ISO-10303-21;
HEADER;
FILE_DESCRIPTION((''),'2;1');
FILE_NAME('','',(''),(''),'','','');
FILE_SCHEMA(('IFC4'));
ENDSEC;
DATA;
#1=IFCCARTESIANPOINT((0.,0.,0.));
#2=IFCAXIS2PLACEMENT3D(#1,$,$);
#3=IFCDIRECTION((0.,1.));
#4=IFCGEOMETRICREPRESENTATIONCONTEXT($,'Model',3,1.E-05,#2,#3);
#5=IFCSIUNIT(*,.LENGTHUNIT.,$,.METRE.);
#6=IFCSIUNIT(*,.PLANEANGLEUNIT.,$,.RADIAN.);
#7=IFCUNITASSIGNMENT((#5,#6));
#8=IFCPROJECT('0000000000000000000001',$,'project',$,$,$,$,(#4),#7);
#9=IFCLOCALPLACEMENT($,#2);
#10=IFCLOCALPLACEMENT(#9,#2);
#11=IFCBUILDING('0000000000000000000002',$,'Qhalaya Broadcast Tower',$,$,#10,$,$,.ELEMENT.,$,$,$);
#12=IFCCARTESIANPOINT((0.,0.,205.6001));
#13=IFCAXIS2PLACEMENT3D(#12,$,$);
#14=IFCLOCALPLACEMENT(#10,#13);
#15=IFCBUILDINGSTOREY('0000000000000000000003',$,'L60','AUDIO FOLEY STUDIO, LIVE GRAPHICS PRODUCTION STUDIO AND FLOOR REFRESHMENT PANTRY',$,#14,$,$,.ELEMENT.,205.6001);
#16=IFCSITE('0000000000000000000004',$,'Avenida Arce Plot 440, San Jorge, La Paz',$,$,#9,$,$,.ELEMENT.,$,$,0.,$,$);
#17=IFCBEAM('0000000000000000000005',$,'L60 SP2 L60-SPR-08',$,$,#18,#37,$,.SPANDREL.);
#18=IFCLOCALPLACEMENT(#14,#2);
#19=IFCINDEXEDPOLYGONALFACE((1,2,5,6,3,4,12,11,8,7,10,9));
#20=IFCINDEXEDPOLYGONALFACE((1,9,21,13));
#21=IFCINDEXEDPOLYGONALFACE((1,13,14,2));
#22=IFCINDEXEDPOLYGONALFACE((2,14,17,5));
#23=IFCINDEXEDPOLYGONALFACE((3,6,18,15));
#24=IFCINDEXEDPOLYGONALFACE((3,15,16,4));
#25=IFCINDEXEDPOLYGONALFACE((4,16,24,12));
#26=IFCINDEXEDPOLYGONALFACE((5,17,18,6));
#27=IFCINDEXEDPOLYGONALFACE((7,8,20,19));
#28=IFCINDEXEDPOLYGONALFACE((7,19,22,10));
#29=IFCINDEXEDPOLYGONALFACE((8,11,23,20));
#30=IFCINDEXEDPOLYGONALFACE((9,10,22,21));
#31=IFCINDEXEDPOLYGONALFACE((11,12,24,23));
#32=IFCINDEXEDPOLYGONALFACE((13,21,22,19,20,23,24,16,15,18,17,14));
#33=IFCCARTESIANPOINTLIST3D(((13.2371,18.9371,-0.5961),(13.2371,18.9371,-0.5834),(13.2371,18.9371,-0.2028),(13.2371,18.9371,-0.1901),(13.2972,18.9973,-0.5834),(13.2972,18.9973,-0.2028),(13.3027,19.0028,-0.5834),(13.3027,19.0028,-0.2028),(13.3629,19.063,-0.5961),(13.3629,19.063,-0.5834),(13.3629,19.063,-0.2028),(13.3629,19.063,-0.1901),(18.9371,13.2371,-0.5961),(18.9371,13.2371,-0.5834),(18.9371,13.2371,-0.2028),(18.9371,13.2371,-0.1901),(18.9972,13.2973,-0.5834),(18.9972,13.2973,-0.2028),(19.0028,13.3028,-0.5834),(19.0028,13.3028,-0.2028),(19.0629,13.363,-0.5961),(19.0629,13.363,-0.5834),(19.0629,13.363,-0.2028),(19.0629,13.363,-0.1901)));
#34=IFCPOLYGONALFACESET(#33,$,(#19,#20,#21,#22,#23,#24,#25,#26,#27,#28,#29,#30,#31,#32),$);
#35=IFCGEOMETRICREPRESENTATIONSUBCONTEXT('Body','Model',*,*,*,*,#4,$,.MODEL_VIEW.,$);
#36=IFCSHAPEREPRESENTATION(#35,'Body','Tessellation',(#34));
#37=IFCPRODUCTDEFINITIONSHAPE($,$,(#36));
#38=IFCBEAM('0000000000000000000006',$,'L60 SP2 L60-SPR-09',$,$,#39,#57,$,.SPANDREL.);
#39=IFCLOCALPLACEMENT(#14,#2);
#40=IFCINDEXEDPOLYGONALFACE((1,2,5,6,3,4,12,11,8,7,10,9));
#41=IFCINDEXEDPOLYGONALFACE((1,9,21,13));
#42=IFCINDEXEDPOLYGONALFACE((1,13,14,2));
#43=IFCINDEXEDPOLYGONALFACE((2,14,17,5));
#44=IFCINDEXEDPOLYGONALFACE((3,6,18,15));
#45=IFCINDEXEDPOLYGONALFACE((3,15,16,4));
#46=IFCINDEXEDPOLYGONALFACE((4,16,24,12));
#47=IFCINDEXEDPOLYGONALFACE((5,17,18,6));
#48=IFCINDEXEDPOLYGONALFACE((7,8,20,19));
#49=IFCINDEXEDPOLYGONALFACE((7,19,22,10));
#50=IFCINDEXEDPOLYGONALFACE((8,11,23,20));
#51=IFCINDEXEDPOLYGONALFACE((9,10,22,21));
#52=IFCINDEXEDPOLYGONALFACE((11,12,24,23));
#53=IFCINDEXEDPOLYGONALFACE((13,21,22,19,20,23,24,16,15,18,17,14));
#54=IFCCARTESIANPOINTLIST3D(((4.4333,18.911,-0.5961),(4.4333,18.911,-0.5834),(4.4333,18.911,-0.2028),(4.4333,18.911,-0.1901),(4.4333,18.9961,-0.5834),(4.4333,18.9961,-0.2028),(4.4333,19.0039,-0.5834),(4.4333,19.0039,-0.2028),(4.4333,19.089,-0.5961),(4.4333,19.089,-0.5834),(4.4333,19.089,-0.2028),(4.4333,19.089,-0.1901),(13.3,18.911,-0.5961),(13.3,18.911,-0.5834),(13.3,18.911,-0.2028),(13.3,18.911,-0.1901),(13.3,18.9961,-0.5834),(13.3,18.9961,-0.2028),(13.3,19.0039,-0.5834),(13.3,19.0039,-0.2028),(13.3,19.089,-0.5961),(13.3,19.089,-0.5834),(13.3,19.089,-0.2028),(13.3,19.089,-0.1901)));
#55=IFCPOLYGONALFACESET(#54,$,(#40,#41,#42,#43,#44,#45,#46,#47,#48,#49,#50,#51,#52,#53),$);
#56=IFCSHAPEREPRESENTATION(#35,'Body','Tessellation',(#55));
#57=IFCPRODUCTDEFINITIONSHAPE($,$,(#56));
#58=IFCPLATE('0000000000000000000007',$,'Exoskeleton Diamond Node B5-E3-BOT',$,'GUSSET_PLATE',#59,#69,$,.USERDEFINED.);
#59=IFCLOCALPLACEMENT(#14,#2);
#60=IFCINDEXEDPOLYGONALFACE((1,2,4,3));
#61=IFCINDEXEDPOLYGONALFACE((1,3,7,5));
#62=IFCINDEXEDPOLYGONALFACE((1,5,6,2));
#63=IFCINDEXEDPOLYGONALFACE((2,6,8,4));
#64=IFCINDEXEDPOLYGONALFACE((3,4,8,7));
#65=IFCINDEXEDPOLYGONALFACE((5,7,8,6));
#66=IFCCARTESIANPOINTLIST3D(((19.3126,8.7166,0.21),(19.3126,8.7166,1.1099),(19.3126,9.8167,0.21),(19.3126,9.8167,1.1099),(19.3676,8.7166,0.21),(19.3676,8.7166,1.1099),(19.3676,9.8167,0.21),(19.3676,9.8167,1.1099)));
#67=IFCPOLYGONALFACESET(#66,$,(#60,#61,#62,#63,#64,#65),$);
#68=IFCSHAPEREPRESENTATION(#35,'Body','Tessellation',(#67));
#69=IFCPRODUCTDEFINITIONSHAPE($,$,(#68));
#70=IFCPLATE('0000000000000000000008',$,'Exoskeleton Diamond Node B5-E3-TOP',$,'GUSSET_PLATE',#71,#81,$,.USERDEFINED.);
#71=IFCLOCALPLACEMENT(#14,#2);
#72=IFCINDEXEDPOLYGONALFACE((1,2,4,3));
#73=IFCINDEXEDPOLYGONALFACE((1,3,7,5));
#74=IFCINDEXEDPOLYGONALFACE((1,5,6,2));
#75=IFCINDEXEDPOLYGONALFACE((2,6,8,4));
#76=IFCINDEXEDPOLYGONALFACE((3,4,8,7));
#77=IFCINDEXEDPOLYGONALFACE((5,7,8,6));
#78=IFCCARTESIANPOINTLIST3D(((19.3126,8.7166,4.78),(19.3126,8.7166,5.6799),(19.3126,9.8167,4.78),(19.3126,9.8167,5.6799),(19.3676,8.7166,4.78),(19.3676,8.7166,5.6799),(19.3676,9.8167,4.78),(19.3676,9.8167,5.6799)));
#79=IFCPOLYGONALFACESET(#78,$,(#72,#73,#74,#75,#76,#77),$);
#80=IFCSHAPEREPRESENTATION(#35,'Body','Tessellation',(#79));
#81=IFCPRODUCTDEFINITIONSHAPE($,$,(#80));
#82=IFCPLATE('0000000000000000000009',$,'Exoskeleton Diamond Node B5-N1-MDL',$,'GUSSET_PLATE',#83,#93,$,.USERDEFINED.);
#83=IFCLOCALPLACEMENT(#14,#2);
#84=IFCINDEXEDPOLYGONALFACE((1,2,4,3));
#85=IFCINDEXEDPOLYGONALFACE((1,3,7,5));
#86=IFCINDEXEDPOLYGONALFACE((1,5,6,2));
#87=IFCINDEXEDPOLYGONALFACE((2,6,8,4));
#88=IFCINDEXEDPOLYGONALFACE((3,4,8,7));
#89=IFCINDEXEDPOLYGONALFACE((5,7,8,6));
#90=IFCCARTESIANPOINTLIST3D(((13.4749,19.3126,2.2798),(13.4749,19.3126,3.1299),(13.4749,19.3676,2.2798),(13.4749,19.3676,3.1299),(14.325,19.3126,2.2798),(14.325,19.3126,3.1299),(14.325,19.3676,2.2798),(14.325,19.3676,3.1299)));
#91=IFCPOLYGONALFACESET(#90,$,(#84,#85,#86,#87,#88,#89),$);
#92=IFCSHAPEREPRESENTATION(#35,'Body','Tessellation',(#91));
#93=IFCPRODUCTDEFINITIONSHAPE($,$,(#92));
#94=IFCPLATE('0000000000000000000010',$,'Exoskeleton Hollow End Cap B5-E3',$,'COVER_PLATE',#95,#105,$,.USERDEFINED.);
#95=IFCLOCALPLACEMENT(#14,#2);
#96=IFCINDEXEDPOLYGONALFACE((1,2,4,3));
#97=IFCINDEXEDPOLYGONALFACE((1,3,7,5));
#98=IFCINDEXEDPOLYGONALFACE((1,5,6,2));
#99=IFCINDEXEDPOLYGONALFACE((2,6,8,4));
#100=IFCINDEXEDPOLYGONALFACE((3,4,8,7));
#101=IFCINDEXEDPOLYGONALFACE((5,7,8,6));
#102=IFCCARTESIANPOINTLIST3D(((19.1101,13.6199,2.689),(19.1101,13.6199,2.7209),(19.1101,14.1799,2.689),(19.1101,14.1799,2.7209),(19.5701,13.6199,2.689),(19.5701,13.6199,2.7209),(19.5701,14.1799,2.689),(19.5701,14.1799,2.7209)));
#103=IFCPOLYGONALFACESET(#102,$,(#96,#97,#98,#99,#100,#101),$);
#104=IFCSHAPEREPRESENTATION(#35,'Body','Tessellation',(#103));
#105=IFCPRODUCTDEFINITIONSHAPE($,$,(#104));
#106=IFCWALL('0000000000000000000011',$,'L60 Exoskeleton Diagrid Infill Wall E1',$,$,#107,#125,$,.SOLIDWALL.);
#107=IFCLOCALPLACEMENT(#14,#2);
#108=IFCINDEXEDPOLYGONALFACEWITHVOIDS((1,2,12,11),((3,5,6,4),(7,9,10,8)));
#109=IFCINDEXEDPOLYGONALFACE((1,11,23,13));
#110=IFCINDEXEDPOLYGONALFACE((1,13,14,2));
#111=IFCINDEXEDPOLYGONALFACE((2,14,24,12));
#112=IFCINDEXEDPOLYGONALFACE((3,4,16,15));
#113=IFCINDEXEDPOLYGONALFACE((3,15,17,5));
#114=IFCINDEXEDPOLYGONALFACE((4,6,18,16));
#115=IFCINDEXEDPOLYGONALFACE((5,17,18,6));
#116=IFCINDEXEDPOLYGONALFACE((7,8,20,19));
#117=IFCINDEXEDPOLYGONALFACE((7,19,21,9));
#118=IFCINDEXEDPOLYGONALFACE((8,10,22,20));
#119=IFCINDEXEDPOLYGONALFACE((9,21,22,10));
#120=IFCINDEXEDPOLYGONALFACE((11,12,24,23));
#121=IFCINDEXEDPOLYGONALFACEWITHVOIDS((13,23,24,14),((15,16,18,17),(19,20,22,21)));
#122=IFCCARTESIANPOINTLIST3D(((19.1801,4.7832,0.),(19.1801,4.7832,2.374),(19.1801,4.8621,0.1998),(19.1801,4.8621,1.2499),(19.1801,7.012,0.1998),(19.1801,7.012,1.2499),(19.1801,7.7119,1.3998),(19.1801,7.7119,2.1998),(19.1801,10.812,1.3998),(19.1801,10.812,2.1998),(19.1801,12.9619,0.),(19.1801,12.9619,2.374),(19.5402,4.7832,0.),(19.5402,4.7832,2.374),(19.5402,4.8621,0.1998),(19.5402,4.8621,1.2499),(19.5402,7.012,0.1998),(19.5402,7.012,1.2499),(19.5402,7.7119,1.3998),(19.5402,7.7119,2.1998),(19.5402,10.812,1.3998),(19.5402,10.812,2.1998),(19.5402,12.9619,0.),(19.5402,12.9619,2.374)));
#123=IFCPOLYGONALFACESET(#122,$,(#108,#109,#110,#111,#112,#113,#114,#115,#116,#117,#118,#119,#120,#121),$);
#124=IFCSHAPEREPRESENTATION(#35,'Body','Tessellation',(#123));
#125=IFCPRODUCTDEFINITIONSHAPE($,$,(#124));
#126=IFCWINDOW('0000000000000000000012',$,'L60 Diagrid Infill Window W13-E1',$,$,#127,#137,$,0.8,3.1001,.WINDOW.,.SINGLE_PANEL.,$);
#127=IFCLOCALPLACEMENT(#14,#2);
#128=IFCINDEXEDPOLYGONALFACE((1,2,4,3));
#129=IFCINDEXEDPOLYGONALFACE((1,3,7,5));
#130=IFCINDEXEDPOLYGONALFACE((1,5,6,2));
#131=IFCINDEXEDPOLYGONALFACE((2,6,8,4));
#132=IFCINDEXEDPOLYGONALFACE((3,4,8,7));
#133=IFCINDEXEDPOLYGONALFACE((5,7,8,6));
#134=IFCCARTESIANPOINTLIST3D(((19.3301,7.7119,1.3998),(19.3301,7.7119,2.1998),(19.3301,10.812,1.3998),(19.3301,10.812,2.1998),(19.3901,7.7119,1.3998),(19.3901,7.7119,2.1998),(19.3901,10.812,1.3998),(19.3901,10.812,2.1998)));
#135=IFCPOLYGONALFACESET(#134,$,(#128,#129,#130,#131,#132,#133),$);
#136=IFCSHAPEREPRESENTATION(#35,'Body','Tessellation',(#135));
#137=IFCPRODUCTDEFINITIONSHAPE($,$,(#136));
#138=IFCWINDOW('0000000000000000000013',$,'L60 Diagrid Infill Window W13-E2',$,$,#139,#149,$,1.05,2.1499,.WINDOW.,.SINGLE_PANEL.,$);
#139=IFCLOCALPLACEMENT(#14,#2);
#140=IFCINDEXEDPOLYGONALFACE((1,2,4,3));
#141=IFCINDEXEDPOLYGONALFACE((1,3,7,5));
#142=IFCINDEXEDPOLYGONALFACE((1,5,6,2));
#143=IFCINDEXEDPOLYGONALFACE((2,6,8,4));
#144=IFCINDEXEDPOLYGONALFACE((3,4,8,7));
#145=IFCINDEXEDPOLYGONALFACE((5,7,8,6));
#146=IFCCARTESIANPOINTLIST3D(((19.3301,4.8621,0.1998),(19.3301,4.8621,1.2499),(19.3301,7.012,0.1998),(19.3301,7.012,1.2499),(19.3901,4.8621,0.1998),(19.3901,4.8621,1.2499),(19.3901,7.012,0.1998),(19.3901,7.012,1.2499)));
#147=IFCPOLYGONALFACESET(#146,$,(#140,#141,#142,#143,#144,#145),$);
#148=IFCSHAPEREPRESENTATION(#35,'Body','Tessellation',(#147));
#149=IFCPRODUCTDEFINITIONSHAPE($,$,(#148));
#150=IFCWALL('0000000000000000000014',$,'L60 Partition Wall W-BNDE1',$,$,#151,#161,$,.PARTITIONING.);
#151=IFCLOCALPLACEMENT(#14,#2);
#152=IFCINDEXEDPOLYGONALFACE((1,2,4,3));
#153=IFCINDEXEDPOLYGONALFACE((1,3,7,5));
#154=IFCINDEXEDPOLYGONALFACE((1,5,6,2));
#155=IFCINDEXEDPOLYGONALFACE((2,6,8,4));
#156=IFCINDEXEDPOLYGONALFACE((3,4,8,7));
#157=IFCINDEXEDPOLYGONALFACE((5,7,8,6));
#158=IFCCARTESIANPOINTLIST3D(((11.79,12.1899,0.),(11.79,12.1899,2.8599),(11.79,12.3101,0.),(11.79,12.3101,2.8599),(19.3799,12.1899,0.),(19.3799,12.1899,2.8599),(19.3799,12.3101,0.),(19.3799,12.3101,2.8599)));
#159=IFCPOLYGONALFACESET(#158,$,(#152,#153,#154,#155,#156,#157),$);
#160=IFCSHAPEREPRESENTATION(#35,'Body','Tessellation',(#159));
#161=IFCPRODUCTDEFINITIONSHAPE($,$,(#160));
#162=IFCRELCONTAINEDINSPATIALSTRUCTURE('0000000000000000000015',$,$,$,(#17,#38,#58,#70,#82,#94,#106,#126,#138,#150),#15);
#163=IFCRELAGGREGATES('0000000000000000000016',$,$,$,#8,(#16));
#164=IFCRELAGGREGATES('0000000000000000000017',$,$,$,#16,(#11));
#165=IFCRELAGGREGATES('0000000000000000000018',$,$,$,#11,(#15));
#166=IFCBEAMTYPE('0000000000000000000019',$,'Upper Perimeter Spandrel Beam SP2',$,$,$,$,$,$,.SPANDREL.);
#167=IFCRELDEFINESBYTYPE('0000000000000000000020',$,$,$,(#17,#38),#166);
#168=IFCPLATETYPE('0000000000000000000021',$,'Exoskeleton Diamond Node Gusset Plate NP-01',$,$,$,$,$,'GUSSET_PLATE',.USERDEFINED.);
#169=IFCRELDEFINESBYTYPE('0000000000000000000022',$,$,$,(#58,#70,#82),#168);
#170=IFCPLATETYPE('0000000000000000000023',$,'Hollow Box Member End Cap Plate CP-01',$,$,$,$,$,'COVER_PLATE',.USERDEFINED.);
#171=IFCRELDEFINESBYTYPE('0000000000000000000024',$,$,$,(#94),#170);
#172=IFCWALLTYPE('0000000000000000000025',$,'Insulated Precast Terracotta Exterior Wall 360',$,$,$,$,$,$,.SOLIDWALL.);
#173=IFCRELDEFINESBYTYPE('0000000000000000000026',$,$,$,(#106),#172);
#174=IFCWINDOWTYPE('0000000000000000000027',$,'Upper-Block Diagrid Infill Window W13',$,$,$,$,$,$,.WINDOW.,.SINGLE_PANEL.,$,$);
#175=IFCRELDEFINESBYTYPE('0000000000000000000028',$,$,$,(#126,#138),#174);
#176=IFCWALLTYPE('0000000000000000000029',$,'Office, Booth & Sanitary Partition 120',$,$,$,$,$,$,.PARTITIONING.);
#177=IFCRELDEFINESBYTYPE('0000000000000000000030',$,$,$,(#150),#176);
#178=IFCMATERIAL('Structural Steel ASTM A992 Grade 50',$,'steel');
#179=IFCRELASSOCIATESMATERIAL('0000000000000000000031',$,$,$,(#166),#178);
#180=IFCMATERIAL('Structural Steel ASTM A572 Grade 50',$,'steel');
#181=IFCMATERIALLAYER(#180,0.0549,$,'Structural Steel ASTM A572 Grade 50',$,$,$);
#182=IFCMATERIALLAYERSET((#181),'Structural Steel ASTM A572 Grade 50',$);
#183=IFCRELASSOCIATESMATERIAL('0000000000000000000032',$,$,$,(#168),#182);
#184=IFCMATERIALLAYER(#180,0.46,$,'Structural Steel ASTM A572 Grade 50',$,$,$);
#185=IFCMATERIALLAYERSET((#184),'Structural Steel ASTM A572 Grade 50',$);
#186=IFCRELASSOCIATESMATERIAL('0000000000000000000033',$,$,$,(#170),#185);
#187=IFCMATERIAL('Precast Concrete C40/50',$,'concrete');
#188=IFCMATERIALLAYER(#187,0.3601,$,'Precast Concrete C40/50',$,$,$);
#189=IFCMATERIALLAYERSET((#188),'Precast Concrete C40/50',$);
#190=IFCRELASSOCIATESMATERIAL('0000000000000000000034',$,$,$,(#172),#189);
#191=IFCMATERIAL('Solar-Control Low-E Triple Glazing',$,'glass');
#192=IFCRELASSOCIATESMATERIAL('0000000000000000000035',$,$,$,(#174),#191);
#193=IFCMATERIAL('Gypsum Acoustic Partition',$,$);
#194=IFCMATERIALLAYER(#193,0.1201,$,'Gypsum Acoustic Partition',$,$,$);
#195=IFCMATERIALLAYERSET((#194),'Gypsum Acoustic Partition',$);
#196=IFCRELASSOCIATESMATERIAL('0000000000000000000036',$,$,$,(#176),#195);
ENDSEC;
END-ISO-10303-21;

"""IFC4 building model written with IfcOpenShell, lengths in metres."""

from ifc_helpers import new_model, si_unit, direction, frame, frame_2d, origin, origin_2d, place, context, subcontext, project, spatial, rectangle, i_section, extrude, material, layer, layer_set, material_profile, profile_set, type_object, element, fill, save


model = new_model("IFC4")

# Units and contexts
model_context = context("Model", 3, precision=1e-05, world=origin(), true_north=direction((0.0, 1.0)))
body_context = subcontext(model_context, "Body", "Model", "MODEL_VIEW")
ifc_project = project(units=[si_unit("LENGTHUNIT", "METRE"), si_unit("PLANEANGLEUNIT", "RADIAN")], contexts=[model_context])

# Site, building, storey
site_placement = place(None, origin())
site = spatial("IfcSite", under=ifc_project, at=site_placement, Name="Avenida Arce Plot 440, San Jorge, La Paz", CompositionType="ELEMENT", RefElevation=0.0)
building_placement = place(site_placement, origin())
building = spatial("IfcBuilding", under=site, at=building_placement, Name="Qhalaya Broadcast Tower", CompositionType="ELEMENT")
storey_placement = place(building_placement, frame((0.0, 0.0, 205.6001)))
storey = spatial("IfcBuildingStorey", under=building, at=storey_placement, Name="L60", Description="AUDIO FOLEY STUDIO, LIVE GRAPHICS PRODUCTION STUDIO AND FLOOR REFRESHMENT PANTRY", CompositionType="ELEMENT", Elevation=205.6001)

# Shared definitions
ifc_material_1 = material(Name="Structural Steel ASTM A572 Grade 50", Category="steel")

# Shared definitions
ifc_material_2 = material(Name="Structural Steel ASTM A992 Grade 50", Category="steel")

# Beams
ifc_material_profile_1 = material_profile(ifc_material_2, i_section(OverallWidth=0.178, OverallDepth=0.406, WebThickness=0.0078, FlangeThickness=0.0127, at=origin_2d()), Name="W16X40")
ifc_profile_set_1 = profile_set([ifc_material_profile_1], Name="Structural Steel ASTM A992 Grade 50")
beam_type_1 = type_object("IfcBeamType", Name="Upper Perimeter Spandrel Beam SP2", PredefinedType="SPANDREL", material=ifc_profile_set_1)
beam_1_placement = place(storey_placement, frame((19.0, 13.3, -0.3931), z_axis=(-0.707107, 0.707107, 0.0), x_axis=(-0.707107, -0.707107, 0.0)))
element("IfcBeam", 1, at=beam_1_placement, inside=storey, type_object=beam_type_1, Name="L60 SP2 L60-SPR-08", PredefinedType="SPANDREL", context=body_context, shape_type="SweptSolid", body=[
    extrude(i_section(OverallWidth=0.178, OverallDepth=0.406, WebThickness=0.0078, FlangeThickness=0.0127, at=origin_2d()), origin(), (0.0, 0.0, 1.0), 8.061),
])
beam_2_placement = place(storey_placement, frame((13.3, 19.0, -0.3931), z_axis=(-1.0, 0.0, 0.0), x_axis=(0.0, -1.0, 0.0)))
element("IfcBeam", 2, at=beam_2_placement, inside=storey, type_object=beam_type_1, Name="L60 SP2 L60-SPR-09", PredefinedType="SPANDREL", context=body_context, shape_type="SweptSolid", body=[
    extrude(i_section(OverallWidth=0.178, OverallDepth=0.406, WebThickness=0.0078, FlangeThickness=0.0127, at=origin_2d()), origin(), (0.0, 0.0, 1.0), 8.8667),
])

# Plates
ifc_layer_1 = layer(ifc_material_1, 0.0549, Name="Structural Steel ASTM A572 Grade 50")
ifc_layer_set_1 = layer_set([ifc_layer_1], Name="Structural Steel ASTM A572 Grade 50")
plate_type_1 = type_object("IfcPlateType", Name="Exoskeleton Diamond Node Gusset Plate NP-01", ElementType="GUSSET_PLATE", PredefinedType="USERDEFINED", material=ifc_layer_set_1)
for number, where, z_axis, x_axis, name in (
    (3, (19.3401, 9.2666, 0.21), (0.0, 0.0, 1.0), (0.0, 1.0, 0.0), "Exoskeleton Diamond Node B5-E3-BOT"),
    (4, (19.3401, 9.2666, 4.78), (0.0, 0.0, 1.0), (0.0, 1.0, 0.0), "Exoskeleton Diamond Node B5-E3-TOP"),
):
    element("IfcPlate", number, at=place(storey_placement, frame(where, z_axis=z_axis, x_axis=x_axis)), inside=storey, type_object=plate_type_1, Name=name, ObjectType="GUSSET_PLATE", PredefinedType="USERDEFINED", context=body_context, shape_type="SweptSolid", body=[
        extrude(rectangle(XDim=1.1001, YDim=0.0549, at=origin_2d()), origin(), (0.0, 0.0, 1.0), 0.8999),
    ])
plate_1_placement = place(storey_placement, frame((13.8999, 19.3401, 2.2798), z_axis=(0.0, 0.0, 1.0), x_axis=(1.0, 0.0, 0.0)))
element("IfcPlate", 5, at=plate_1_placement, inside=storey, type_object=plate_type_1, Name="Exoskeleton Diamond Node B5-N1-MDL", ObjectType="GUSSET_PLATE", PredefinedType="USERDEFINED", context=body_context, shape_type="SweptSolid", body=[
    extrude(rectangle(XDim=0.8501, YDim=0.0549, at=origin_2d()), origin(), (0.0, 0.0, 1.0), 0.8501),
])
ifc_layer_2 = layer(ifc_material_1, 0.46, Name="Structural Steel ASTM A572 Grade 50")
ifc_layer_set_2 = layer_set([ifc_layer_2], Name="Structural Steel ASTM A572 Grade 50")
plate_type_2 = type_object("IfcPlateType", Name="Hollow Box Member End Cap Plate CP-01", ElementType="COVER_PLATE", PredefinedType="USERDEFINED", material=ifc_layer_set_2)
plate_2_placement = place(storey_placement, frame((19.3401, 13.8999, 2.689), z_axis=(0.0, 0.0, 1.0), x_axis=(0.0, 1.0, 0.0)))
element("IfcPlate", 6, at=plate_2_placement, inside=storey, type_object=plate_type_2, Name="Exoskeleton Hollow End Cap B5-E3", ObjectType="COVER_PLATE", PredefinedType="USERDEFINED", context=body_context, shape_type="SweptSolid", body=[
    extrude(rectangle(XDim=0.5601, YDim=0.46, at=origin_2d()), origin(), (0.0, 0.0, 1.0), 0.032),
])

# Wall, openings, windows
ifc_material_3 = material(Name="Precast Concrete C40/50", Category="concrete")
ifc_layer_3 = layer(ifc_material_3, 0.3601, Name="Precast Concrete C40/50")
ifc_layer_set_3 = layer_set([ifc_layer_3], Name="Precast Concrete C40/50")
wall_type_1 = type_object("IfcWallType", Name="Insulated Precast Terracotta Exterior Wall 360", PredefinedType="SOLIDWALL", material=ifc_layer_set_3)
wall_1_placement = place(storey_placement, frame((19.3601, 12.9619, 0.0), z_axis=(0.0, 0.0, 1.0), x_axis=(0.0, -1.0, 0.0)))
wall_1 = element("IfcWall", 7, at=wall_1_placement, inside=storey, type_object=wall_type_1, Name="L60 Exoskeleton Diagrid Infill Wall E1", PredefinedType="SOLIDWALL", context=body_context, shape_type="SweptSolid", body=[
    extrude(rectangle(XDim=8.1787, YDim=0.3601, at=frame_2d((4.0894, 0.0))), origin(), (0.0, 0.0, 1.0), 2.374),
])
opening_1_placement = place(wall_1_placement, frame((2.1499, 0.0, 1.3999)))
opening_1 = element("IfcOpeningElement", 8, at=opening_1_placement, cuts=wall_1, PredefinedType="OPENING", context=body_context, shape_type="SweptSolid", body=[
    extrude(rectangle(XDim=3.1001, YDim=0.8, at=frame_2d((1.55, 0.3999))), frame((0.0, 0.1921, 0.0), z_axis=(0.0, -1.0, 0.0), x_axis=(1.0, 0.0, 0.0)), (0.0, 0.0, 1.0), 0.384),
])
opening_2_placement = place(wall_1_placement, frame((5.95, 0.0, 0.2)))
opening_2 = element("IfcOpeningElement", 9, at=opening_2_placement, cuts=wall_1, PredefinedType="OPENING", context=body_context, shape_type="SweptSolid", body=[
    extrude(rectangle(XDim=2.1499, YDim=1.05, at=frame_2d((1.075, 0.5249))), frame((0.0, 0.1921, 0.0), z_axis=(0.0, -1.0, 0.0), x_axis=(1.0, 0.0, 0.0)), (0.0, 0.0, 1.0), 0.384),
])
ifc_material_4 = material(Name="Solar-Control Low-E Triple Glazing", Category="glass")
window_type = type_object("IfcWindowType", Name="Upper-Block Diagrid Infill Window W13", PartitioningType="SINGLE_PANEL", PredefinedType="WINDOW", material=ifc_material_4)
window_1_placement = place(opening_1_placement, origin())
window_1 = element("IfcWindow", 10, at=window_1_placement, inside=storey, type_object=window_type, Name="L60 Diagrid Infill Window W13-E1", OverallHeight=0.8, OverallWidth=3.1001, PartitioningType="SINGLE_PANEL", PredefinedType="WINDOW", context=body_context, shape_type="SweptSolid", body=[
    extrude(rectangle(XDim=3.1001, YDim=0.8, at=frame_2d((1.55, 0.3999))), frame((0.0, 0.03, 0.0), z_axis=(0.0, -1.0, 0.0), x_axis=(1.0, 0.0, 0.0)), (0.0, 0.0, 1.0), 0.0601),
])
fill(opening_1, window_1)
window_2_placement = place(opening_2_placement, origin())
window_2 = element("IfcWindow", 11, at=window_2_placement, inside=storey, type_object=window_type, Name="L60 Diagrid Infill Window W13-E2", OverallHeight=1.05, OverallWidth=2.1499, PartitioningType="SINGLE_PANEL", PredefinedType="WINDOW", context=body_context, shape_type="SweptSolid", body=[
    extrude(rectangle(XDim=2.1499, YDim=1.05, at=frame_2d((1.075, 0.5249))), frame((0.0, 0.03, 0.0), z_axis=(0.0, -1.0, 0.0), x_axis=(1.0, 0.0, 0.0)), (0.0, 0.0, 1.0), 0.0601),
])
fill(opening_2, window_2)

# Wall
ifc_material_5 = material(Name="Gypsum Acoustic Partition")
ifc_layer_4 = layer(ifc_material_5, 0.1201, Name="Gypsum Acoustic Partition")
ifc_layer_set_4 = layer_set([ifc_layer_4], Name="Gypsum Acoustic Partition")
wall_type_2 = type_object("IfcWallType", Name="Office, Booth & Sanitary Partition 120", PredefinedType="PARTITIONING", material=ifc_layer_set_4)
wall_2_placement = place(storey_placement, frame((11.79, 12.25, 0.0), z_axis=(0.0, 0.0, 1.0), x_axis=(1.0, 0.0, 0.0)))
element("IfcWall", 12, at=wall_2_placement, inside=storey, type_object=wall_type_2, Name="L60 Partition Wall W-BNDE1", PredefinedType="PARTITIONING", context=body_context, shape_type="SweptSolid", body=[
    extrude(rectangle(XDim=7.5898, YDim=0.1201, at=frame_2d((3.7949, 0.0))), origin(), (0.0, 0.0, 1.0), 2.8599),
])

save(model, "model.ifc")
